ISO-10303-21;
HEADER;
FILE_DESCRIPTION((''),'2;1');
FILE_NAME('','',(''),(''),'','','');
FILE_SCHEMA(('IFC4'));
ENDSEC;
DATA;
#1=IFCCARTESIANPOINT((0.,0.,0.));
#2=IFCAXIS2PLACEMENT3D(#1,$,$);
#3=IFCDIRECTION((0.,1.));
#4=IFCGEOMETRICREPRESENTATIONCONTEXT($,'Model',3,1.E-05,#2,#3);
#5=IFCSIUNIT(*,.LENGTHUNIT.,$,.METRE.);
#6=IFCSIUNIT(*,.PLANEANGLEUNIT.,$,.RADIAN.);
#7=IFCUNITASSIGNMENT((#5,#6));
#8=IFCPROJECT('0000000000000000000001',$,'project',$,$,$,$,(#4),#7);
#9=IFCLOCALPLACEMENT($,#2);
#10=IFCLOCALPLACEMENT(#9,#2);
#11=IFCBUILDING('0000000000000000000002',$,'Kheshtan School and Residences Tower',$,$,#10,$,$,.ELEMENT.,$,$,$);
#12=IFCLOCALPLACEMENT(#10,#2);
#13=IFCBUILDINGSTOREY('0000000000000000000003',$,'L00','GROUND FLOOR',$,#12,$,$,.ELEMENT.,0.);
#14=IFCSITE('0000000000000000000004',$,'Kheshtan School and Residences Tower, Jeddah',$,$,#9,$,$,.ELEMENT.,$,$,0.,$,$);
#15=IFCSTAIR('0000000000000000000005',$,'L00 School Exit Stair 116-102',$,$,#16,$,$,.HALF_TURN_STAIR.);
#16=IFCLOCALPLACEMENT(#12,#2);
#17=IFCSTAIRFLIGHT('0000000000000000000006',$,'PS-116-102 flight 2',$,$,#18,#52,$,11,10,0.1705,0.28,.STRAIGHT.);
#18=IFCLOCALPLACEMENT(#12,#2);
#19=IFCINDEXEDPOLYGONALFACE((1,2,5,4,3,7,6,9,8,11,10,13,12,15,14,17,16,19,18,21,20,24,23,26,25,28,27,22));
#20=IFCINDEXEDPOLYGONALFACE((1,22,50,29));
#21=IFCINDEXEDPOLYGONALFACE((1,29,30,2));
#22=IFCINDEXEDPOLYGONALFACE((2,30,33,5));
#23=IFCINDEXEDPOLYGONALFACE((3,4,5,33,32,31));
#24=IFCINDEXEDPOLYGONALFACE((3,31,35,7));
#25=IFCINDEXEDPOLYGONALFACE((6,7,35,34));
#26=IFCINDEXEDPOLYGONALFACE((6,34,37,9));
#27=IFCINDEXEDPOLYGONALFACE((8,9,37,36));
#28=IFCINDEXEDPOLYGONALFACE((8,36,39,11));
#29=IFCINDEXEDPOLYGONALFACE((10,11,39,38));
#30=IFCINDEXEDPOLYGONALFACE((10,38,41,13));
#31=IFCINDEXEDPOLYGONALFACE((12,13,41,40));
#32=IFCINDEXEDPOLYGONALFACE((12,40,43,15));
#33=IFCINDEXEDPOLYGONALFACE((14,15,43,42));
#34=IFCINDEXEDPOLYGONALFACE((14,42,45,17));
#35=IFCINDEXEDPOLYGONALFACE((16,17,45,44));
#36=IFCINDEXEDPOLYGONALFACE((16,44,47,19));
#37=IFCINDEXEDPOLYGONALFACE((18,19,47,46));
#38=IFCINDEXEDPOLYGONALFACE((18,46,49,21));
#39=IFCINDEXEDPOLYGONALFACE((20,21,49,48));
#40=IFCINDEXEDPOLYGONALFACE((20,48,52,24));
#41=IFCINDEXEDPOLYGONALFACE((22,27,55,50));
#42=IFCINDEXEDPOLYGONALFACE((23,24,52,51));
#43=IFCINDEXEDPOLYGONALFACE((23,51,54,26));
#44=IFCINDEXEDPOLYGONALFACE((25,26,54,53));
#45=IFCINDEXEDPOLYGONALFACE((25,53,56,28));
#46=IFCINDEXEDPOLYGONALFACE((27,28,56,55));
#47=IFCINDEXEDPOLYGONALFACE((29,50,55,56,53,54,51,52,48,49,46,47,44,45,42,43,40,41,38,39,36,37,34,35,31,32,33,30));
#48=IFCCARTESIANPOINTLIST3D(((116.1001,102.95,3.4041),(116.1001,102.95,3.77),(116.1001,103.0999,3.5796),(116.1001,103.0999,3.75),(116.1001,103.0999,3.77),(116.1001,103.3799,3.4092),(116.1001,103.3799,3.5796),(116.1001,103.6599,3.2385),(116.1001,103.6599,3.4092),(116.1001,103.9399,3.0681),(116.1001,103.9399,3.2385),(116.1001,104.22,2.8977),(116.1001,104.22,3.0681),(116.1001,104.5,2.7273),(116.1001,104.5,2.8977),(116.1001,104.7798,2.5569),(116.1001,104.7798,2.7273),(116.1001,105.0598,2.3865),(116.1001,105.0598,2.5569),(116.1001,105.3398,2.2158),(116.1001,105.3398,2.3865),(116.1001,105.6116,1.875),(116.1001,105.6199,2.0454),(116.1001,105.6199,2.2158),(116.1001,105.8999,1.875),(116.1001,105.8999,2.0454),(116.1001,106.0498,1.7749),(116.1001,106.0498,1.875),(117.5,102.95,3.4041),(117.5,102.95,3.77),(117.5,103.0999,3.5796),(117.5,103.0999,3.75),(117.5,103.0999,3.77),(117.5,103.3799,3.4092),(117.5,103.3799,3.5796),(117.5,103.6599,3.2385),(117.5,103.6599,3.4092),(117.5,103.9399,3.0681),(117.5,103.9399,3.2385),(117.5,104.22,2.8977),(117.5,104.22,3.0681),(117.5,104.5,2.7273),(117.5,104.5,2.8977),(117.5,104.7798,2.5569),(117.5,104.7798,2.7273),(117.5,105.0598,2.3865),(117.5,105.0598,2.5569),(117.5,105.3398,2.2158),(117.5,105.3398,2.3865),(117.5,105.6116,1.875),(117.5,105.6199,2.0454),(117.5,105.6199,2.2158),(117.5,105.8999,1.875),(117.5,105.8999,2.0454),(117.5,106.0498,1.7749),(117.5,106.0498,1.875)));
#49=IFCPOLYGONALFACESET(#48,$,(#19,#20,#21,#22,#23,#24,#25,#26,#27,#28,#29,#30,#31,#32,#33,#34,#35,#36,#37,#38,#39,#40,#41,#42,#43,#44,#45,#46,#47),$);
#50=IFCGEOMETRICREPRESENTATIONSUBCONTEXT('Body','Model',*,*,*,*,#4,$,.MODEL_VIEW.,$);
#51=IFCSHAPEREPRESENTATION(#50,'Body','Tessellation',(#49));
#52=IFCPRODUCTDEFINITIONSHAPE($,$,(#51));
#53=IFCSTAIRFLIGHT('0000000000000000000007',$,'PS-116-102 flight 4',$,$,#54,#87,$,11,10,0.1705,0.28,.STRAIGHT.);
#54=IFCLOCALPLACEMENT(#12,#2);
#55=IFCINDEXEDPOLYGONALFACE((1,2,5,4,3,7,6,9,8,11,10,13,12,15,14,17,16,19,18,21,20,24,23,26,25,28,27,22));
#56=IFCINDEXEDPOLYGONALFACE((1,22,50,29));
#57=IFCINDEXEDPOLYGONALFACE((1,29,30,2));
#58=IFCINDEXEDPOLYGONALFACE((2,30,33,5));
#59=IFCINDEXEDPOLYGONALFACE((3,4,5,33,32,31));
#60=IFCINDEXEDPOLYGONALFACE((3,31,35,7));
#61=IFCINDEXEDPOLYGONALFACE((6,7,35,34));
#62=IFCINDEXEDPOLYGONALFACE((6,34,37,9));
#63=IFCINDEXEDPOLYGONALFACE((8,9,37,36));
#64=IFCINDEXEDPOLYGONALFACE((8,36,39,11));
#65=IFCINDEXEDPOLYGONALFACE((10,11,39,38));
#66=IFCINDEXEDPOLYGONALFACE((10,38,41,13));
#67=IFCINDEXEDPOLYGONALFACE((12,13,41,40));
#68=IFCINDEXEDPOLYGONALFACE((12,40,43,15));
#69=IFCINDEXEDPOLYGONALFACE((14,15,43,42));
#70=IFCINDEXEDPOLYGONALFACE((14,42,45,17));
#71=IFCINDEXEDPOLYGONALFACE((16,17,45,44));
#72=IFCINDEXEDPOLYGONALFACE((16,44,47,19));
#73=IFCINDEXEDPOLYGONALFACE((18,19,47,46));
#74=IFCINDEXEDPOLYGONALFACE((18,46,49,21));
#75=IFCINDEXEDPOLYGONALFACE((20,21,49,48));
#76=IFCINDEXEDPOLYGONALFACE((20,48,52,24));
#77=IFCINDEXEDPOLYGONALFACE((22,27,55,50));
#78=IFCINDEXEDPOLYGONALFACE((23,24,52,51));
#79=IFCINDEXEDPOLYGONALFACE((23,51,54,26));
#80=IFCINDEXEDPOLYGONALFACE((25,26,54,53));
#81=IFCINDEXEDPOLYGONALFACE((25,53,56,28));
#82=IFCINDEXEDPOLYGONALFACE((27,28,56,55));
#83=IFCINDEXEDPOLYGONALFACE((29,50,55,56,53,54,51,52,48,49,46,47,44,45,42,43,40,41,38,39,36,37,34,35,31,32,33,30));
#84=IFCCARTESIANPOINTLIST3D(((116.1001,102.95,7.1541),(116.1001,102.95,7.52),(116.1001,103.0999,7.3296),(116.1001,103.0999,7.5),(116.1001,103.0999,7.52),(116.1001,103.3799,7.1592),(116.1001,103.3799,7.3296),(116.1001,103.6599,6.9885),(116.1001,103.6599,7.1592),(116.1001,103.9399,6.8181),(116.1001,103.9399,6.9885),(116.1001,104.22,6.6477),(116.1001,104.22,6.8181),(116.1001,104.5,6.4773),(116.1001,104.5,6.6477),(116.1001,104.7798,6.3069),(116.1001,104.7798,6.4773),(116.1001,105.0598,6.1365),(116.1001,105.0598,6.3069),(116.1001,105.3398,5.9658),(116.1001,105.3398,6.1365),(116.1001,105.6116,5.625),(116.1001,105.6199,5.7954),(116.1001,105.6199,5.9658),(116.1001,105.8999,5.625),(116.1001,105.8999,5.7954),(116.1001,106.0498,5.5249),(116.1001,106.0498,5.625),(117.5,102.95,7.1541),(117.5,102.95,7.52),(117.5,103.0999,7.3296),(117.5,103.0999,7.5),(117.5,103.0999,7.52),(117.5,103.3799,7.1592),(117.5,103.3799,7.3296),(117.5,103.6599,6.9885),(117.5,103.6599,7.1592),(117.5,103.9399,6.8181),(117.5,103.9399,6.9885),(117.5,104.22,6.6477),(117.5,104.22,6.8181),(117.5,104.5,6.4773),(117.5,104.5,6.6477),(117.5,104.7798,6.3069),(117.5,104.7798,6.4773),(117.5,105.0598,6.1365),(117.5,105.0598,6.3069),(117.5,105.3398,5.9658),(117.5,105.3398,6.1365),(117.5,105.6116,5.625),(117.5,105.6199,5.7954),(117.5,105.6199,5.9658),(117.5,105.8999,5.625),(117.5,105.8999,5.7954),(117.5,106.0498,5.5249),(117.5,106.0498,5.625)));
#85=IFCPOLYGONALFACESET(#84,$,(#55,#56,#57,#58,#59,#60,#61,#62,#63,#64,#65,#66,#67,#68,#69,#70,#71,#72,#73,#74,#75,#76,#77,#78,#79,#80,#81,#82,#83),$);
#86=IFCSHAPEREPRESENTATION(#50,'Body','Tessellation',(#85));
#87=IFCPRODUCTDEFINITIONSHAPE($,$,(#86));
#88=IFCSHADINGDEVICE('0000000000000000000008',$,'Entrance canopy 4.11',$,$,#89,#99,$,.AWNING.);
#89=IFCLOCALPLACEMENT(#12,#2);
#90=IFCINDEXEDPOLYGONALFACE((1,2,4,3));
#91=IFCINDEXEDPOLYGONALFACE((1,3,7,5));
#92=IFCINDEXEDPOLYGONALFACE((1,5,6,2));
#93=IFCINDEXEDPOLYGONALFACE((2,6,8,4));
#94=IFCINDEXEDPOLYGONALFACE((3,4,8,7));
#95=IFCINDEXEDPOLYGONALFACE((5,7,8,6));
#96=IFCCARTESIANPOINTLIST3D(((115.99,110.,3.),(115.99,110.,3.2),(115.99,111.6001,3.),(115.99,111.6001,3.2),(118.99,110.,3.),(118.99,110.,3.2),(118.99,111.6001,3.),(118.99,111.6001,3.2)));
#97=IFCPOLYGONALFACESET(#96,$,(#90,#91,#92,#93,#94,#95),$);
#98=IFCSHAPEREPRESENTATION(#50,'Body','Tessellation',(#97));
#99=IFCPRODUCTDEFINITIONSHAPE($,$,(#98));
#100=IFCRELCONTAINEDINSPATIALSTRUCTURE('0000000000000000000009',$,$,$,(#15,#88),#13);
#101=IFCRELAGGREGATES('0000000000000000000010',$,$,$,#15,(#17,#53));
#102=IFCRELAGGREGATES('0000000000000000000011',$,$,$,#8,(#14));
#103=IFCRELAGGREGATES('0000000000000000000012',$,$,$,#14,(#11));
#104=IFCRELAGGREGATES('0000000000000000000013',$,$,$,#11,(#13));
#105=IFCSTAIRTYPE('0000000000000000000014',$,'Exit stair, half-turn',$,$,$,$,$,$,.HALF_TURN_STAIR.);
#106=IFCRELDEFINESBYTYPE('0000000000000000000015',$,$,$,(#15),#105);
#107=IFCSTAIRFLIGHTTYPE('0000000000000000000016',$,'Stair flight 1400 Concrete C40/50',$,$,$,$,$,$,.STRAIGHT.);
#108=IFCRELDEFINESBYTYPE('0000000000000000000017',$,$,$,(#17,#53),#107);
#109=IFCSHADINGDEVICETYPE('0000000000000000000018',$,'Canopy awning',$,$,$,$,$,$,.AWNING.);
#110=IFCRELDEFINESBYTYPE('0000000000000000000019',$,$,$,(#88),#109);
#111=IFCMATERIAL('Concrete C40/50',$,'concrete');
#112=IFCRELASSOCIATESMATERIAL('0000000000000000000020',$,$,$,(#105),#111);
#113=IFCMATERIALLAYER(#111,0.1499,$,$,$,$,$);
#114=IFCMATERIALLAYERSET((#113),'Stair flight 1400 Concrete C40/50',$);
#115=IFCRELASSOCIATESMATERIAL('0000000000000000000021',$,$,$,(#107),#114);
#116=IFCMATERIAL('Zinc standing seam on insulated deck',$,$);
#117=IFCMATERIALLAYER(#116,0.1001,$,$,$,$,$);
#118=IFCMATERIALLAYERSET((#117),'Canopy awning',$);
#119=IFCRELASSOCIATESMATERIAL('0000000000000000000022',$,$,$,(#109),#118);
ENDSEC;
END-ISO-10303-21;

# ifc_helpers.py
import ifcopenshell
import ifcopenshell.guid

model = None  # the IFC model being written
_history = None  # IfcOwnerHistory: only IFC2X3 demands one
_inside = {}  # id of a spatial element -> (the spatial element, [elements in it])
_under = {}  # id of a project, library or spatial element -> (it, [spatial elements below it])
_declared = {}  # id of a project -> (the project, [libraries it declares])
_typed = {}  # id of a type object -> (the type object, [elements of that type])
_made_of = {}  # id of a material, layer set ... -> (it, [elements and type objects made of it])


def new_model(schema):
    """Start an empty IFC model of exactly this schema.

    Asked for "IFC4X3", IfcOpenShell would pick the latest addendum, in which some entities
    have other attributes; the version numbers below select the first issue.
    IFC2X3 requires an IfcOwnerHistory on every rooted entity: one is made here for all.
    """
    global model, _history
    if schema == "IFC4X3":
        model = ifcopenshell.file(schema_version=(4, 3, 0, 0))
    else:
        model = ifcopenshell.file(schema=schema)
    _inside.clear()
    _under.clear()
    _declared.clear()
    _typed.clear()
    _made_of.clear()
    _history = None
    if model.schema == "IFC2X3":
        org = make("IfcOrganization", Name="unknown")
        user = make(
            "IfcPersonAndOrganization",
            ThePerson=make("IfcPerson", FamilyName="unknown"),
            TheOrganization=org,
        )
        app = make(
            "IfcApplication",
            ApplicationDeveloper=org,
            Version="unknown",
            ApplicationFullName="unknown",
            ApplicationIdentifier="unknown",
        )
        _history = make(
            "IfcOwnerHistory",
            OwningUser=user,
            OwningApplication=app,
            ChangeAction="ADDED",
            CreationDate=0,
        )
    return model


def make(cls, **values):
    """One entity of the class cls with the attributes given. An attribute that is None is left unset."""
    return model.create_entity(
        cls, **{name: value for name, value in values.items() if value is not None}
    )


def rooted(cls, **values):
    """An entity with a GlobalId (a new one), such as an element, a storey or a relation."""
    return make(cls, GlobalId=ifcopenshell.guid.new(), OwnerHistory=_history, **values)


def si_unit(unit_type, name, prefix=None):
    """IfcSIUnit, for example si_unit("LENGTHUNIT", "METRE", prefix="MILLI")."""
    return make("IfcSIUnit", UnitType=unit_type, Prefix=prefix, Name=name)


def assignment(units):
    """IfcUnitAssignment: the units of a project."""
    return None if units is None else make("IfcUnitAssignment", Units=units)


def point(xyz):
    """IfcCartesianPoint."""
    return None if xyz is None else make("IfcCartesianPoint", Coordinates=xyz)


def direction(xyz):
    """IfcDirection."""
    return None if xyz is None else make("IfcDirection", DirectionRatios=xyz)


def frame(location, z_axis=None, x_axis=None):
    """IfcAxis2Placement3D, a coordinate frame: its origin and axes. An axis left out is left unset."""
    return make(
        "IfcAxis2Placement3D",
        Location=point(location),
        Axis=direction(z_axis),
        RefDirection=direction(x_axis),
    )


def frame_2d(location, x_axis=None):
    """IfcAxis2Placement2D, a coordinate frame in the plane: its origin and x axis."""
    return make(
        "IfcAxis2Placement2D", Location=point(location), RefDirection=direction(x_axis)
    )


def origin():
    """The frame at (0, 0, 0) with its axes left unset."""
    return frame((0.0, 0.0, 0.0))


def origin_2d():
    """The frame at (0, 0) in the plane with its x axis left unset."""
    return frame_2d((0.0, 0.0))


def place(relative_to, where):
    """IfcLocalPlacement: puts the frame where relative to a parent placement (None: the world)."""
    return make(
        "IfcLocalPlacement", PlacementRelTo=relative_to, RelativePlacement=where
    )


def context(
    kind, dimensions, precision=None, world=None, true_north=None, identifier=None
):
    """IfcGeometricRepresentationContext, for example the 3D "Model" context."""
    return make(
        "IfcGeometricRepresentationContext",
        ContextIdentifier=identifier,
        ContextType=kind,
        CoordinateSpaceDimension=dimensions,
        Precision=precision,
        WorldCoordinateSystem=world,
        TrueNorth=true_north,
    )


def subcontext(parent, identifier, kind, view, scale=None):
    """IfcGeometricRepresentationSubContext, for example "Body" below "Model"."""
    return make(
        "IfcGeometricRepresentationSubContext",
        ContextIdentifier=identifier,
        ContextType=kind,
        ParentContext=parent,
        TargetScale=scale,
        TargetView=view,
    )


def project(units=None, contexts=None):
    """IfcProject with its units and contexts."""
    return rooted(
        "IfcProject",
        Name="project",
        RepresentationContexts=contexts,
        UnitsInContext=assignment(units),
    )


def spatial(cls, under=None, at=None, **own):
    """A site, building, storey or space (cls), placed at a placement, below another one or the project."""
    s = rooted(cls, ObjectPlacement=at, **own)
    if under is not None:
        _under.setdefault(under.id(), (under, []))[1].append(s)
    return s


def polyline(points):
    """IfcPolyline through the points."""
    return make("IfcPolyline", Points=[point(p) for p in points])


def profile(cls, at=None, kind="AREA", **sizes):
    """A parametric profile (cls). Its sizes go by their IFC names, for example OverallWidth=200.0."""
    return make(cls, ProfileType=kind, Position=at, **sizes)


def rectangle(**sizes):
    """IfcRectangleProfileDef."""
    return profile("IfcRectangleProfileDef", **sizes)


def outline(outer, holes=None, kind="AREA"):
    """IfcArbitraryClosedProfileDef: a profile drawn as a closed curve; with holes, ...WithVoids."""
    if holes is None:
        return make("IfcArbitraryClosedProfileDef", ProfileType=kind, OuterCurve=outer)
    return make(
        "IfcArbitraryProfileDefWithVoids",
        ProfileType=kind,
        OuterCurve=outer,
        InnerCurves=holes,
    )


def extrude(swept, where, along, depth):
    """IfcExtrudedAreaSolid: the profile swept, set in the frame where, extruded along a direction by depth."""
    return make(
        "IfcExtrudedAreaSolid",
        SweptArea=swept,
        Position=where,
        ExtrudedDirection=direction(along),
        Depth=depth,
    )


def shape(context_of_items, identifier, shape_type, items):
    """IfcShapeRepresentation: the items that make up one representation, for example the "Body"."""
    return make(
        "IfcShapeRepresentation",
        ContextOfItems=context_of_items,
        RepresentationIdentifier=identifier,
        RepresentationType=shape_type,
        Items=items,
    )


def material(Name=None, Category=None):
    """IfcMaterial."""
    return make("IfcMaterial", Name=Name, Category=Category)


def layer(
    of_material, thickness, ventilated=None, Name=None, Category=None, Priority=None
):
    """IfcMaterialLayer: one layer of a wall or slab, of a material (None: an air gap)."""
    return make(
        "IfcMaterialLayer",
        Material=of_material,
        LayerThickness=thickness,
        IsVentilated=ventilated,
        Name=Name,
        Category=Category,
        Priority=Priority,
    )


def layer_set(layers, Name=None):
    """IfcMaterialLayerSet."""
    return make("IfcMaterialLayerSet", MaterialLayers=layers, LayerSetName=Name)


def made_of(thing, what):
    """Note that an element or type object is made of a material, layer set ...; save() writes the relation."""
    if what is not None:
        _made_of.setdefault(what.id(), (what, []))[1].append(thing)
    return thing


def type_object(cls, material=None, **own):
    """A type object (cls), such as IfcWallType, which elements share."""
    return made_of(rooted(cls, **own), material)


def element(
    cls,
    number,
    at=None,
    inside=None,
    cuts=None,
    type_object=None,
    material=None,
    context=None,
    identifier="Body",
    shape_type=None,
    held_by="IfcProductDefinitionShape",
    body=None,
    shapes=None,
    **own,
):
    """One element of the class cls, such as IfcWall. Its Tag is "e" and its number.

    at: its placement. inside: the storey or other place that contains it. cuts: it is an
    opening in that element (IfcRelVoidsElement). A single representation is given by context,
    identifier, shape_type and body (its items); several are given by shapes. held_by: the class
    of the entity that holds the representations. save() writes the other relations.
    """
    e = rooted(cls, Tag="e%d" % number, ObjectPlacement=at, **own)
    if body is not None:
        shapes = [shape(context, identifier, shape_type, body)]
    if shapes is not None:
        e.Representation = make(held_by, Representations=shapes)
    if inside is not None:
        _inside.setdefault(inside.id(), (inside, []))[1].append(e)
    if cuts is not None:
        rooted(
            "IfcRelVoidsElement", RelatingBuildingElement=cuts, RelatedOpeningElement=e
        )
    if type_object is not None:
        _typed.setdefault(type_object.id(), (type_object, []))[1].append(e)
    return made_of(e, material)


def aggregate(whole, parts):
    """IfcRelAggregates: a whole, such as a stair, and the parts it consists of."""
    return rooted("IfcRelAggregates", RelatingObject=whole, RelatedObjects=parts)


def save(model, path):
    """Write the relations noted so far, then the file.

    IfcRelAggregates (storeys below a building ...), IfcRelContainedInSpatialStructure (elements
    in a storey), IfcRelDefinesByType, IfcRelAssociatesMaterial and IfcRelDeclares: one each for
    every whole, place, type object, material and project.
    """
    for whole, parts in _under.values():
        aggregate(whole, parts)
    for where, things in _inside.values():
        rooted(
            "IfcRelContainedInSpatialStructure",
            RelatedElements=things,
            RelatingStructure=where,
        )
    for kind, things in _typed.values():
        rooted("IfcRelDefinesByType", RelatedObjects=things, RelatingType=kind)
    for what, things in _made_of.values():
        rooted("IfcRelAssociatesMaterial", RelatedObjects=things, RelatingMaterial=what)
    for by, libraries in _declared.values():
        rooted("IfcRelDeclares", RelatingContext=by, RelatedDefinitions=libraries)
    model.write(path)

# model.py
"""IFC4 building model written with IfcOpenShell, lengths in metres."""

from ifc_helpers import new_model, si_unit, direction, frame, origin, origin_2d, place, context, subcontext, project, spatial, polyline, rectangle, outline, extrude, material, layer, layer_set, type_object, element, aggregate, save


model = new_model("IFC4")

# Units and contexts
model_context = context("Model", 3, precision=1e-05, world=origin(), true_north=direction((0.0, 1.0)))
body_context = subcontext(model_context, "Body", "Model", "MODEL_VIEW")
ifc_project = project(units=[si_unit("LENGTHUNIT", "METRE"), si_unit("PLANEANGLEUNIT", "RADIAN")], contexts=[model_context])

# Site, building, storey
site_placement = place(None, origin())
site = spatial("IfcSite", under=ifc_project, at=site_placement, Name="Kheshtan School and Residences Tower, Jeddah", CompositionType="ELEMENT", RefElevation=0.0)
building_placement = place(site_placement, origin())
building = spatial("IfcBuilding", under=site, at=building_placement, Name="Kheshtan School and Residences Tower", CompositionType="ELEMENT")
storey_placement = place(building_placement, origin())
storey = spatial("IfcBuildingStorey", under=building, at=storey_placement, Name="L00", Description="GROUND FLOOR", CompositionType="ELEMENT", Elevation=0.0)

# Shared definitions
ifc_material_1 = material(Name="Concrete C40/50", Category="concrete")

# Stair, stair flights
stair_type = type_object("IfcStairType", Name="Exit stair, half-turn", PredefinedType="HALF_TURN_STAIR", material=ifc_material_1)
stair_placement = place(storey_placement, origin())
stair = element("IfcStair", 1, at=stair_placement, inside=storey, type_object=stair_type, Name="L00 School Exit Stair 116-102", PredefinedType="HALF_TURN_STAIR")
ifc_layer_1 = layer(ifc_material_1, 0.1499)
ifc_layer_set_1 = layer_set([ifc_layer_1], Name="Stair flight 1400 Concrete C40/50")
stair_flight_type = type_object("IfcStairFlightType", Name="Stair flight 1400 Concrete C40/50", PredefinedType="STRAIGHT", material=ifc_layer_set_1)
stair_flight_1_placement = place(storey_placement, frame((116.8, 105.8999, 1.875), z_axis=(0.0, 0.0, 1.0), x_axis=(0.0, -1.0, 0.0)))
stair_flight_1 = element("IfcStairFlight", 2, at=stair_flight_1_placement, type_object=stair_flight_type, Name="PS-116-102 flight 2", NumberOfRisers=11, NumberOfTreads=10, PredefinedType="STRAIGHT", RiserHeight=0.1705, TreadLength=0.28, context=body_context, shape_type="SweptSolid", body=[
    extrude(outline(polyline([(-0.1499, -0.1001), (-0.1499, 0.0), (0.0, 0.0), (0.0, 0.1704), (0.28, 0.1704), (0.28, 0.3408), (0.5601, 0.3408), (0.5601, 0.5115), (0.8401, 0.5115), (0.8401, 0.6819), (1.1201, 0.6819), (1.1201, 0.8523), (1.3999, 0.8523), (1.3999, 1.0227), (1.6799, 1.0227), (1.6799, 1.1931), (1.96, 1.1931), (1.96, 1.3635), (2.24, 1.3635), (2.24, 1.5342), (2.52, 1.5342), (2.52, 1.7046), (2.8, 1.7046), (2.8, 1.875), (2.8, 1.895), (2.95, 1.895), (2.95, 1.5291), (0.2883, 0.0), (-0.1499, -0.1001)])), frame((0.0, 0.7, 0.0), z_axis=(0.0, -1.0, 0.0), x_axis=(1.0, 0.0, 0.0)), (0.0, 0.0, 1.0), 1.3999),
])
stair_flight_2_placement = place(storey_placement, frame((116.8, 105.8999, 5.625), z_axis=(0.0, 0.0, 1.0), x_axis=(0.0, -1.0, 0.0)))
stair_flight_2 = element("IfcStairFlight", 3, at=stair_flight_2_placement, type_object=stair_flight_type, Name="PS-116-102 flight 4", NumberOfRisers=11, NumberOfTreads=10, PredefinedType="STRAIGHT", RiserHeight=0.1705, TreadLength=0.28, context=body_context, shape_type="SweptSolid", body=[
    extrude(outline(polyline([(-0.1499, -0.1001), (-0.1499, 0.0), (0.0, 0.0), (0.0, 0.1704), (0.28, 0.1704), (0.28, 0.3408), (0.5601, 0.3408), (0.5601, 0.5115), (0.8401, 0.5115), (0.8401, 0.6819), (1.1201, 0.6819), (1.1201, 0.8523), (1.3999, 0.8523), (1.3999, 1.0227), (1.6799, 1.0227), (1.6799, 1.1931), (1.96, 1.1931), (1.96, 1.3635), (2.24, 1.3635), (2.24, 1.5342), (2.52, 1.5342), (2.52, 1.7046), (2.8, 1.7046), (2.8, 1.875), (2.8, 1.895), (2.95, 1.895), (2.95, 1.5291), (0.2883, 0.0), (-0.1499, -0.1001)])), frame((0.0, 0.7, 0.0), z_axis=(0.0, -1.0, 0.0), x_axis=(1.0, 0.0, 0.0)), (0.0, 0.0, 1.0), 1.3999),
])
aggregate(stair, [stair_flight_1, stair_flight_2])

# Shading device
ifc_material_2 = material(Name="Zinc standing seam on insulated deck")
ifc_layer_2 = layer(ifc_material_2, 0.1001)
ifc_layer_set_2 = layer_set([ifc_layer_2], Name="Canopy awning")
shading_device_type = type_object("IfcShadingDeviceType", Name="Canopy awning", PredefinedType="AWNING", material=ifc_layer_set_2)
shading_device_placement = place(storey_placement, frame((117.49, 110.8, 3.0), z_axis=(0.0, 0.0, 1.0), x_axis=(1.0, 0.0, 0.0)))
element("IfcShadingDevice", 4, at=shading_device_placement, inside=storey, type_object=shading_device_type, Name="Entrance canopy 4.11", PredefinedType="AWNING", context=body_context, shape_type="SweptSolid", body=[
    extrude(rectangle(XDim=3.0, YDim=1.6001, at=origin_2d()), origin(), (0.0, 0.0, 1.0), 0.2),
])

save(model, "model.ifc")
